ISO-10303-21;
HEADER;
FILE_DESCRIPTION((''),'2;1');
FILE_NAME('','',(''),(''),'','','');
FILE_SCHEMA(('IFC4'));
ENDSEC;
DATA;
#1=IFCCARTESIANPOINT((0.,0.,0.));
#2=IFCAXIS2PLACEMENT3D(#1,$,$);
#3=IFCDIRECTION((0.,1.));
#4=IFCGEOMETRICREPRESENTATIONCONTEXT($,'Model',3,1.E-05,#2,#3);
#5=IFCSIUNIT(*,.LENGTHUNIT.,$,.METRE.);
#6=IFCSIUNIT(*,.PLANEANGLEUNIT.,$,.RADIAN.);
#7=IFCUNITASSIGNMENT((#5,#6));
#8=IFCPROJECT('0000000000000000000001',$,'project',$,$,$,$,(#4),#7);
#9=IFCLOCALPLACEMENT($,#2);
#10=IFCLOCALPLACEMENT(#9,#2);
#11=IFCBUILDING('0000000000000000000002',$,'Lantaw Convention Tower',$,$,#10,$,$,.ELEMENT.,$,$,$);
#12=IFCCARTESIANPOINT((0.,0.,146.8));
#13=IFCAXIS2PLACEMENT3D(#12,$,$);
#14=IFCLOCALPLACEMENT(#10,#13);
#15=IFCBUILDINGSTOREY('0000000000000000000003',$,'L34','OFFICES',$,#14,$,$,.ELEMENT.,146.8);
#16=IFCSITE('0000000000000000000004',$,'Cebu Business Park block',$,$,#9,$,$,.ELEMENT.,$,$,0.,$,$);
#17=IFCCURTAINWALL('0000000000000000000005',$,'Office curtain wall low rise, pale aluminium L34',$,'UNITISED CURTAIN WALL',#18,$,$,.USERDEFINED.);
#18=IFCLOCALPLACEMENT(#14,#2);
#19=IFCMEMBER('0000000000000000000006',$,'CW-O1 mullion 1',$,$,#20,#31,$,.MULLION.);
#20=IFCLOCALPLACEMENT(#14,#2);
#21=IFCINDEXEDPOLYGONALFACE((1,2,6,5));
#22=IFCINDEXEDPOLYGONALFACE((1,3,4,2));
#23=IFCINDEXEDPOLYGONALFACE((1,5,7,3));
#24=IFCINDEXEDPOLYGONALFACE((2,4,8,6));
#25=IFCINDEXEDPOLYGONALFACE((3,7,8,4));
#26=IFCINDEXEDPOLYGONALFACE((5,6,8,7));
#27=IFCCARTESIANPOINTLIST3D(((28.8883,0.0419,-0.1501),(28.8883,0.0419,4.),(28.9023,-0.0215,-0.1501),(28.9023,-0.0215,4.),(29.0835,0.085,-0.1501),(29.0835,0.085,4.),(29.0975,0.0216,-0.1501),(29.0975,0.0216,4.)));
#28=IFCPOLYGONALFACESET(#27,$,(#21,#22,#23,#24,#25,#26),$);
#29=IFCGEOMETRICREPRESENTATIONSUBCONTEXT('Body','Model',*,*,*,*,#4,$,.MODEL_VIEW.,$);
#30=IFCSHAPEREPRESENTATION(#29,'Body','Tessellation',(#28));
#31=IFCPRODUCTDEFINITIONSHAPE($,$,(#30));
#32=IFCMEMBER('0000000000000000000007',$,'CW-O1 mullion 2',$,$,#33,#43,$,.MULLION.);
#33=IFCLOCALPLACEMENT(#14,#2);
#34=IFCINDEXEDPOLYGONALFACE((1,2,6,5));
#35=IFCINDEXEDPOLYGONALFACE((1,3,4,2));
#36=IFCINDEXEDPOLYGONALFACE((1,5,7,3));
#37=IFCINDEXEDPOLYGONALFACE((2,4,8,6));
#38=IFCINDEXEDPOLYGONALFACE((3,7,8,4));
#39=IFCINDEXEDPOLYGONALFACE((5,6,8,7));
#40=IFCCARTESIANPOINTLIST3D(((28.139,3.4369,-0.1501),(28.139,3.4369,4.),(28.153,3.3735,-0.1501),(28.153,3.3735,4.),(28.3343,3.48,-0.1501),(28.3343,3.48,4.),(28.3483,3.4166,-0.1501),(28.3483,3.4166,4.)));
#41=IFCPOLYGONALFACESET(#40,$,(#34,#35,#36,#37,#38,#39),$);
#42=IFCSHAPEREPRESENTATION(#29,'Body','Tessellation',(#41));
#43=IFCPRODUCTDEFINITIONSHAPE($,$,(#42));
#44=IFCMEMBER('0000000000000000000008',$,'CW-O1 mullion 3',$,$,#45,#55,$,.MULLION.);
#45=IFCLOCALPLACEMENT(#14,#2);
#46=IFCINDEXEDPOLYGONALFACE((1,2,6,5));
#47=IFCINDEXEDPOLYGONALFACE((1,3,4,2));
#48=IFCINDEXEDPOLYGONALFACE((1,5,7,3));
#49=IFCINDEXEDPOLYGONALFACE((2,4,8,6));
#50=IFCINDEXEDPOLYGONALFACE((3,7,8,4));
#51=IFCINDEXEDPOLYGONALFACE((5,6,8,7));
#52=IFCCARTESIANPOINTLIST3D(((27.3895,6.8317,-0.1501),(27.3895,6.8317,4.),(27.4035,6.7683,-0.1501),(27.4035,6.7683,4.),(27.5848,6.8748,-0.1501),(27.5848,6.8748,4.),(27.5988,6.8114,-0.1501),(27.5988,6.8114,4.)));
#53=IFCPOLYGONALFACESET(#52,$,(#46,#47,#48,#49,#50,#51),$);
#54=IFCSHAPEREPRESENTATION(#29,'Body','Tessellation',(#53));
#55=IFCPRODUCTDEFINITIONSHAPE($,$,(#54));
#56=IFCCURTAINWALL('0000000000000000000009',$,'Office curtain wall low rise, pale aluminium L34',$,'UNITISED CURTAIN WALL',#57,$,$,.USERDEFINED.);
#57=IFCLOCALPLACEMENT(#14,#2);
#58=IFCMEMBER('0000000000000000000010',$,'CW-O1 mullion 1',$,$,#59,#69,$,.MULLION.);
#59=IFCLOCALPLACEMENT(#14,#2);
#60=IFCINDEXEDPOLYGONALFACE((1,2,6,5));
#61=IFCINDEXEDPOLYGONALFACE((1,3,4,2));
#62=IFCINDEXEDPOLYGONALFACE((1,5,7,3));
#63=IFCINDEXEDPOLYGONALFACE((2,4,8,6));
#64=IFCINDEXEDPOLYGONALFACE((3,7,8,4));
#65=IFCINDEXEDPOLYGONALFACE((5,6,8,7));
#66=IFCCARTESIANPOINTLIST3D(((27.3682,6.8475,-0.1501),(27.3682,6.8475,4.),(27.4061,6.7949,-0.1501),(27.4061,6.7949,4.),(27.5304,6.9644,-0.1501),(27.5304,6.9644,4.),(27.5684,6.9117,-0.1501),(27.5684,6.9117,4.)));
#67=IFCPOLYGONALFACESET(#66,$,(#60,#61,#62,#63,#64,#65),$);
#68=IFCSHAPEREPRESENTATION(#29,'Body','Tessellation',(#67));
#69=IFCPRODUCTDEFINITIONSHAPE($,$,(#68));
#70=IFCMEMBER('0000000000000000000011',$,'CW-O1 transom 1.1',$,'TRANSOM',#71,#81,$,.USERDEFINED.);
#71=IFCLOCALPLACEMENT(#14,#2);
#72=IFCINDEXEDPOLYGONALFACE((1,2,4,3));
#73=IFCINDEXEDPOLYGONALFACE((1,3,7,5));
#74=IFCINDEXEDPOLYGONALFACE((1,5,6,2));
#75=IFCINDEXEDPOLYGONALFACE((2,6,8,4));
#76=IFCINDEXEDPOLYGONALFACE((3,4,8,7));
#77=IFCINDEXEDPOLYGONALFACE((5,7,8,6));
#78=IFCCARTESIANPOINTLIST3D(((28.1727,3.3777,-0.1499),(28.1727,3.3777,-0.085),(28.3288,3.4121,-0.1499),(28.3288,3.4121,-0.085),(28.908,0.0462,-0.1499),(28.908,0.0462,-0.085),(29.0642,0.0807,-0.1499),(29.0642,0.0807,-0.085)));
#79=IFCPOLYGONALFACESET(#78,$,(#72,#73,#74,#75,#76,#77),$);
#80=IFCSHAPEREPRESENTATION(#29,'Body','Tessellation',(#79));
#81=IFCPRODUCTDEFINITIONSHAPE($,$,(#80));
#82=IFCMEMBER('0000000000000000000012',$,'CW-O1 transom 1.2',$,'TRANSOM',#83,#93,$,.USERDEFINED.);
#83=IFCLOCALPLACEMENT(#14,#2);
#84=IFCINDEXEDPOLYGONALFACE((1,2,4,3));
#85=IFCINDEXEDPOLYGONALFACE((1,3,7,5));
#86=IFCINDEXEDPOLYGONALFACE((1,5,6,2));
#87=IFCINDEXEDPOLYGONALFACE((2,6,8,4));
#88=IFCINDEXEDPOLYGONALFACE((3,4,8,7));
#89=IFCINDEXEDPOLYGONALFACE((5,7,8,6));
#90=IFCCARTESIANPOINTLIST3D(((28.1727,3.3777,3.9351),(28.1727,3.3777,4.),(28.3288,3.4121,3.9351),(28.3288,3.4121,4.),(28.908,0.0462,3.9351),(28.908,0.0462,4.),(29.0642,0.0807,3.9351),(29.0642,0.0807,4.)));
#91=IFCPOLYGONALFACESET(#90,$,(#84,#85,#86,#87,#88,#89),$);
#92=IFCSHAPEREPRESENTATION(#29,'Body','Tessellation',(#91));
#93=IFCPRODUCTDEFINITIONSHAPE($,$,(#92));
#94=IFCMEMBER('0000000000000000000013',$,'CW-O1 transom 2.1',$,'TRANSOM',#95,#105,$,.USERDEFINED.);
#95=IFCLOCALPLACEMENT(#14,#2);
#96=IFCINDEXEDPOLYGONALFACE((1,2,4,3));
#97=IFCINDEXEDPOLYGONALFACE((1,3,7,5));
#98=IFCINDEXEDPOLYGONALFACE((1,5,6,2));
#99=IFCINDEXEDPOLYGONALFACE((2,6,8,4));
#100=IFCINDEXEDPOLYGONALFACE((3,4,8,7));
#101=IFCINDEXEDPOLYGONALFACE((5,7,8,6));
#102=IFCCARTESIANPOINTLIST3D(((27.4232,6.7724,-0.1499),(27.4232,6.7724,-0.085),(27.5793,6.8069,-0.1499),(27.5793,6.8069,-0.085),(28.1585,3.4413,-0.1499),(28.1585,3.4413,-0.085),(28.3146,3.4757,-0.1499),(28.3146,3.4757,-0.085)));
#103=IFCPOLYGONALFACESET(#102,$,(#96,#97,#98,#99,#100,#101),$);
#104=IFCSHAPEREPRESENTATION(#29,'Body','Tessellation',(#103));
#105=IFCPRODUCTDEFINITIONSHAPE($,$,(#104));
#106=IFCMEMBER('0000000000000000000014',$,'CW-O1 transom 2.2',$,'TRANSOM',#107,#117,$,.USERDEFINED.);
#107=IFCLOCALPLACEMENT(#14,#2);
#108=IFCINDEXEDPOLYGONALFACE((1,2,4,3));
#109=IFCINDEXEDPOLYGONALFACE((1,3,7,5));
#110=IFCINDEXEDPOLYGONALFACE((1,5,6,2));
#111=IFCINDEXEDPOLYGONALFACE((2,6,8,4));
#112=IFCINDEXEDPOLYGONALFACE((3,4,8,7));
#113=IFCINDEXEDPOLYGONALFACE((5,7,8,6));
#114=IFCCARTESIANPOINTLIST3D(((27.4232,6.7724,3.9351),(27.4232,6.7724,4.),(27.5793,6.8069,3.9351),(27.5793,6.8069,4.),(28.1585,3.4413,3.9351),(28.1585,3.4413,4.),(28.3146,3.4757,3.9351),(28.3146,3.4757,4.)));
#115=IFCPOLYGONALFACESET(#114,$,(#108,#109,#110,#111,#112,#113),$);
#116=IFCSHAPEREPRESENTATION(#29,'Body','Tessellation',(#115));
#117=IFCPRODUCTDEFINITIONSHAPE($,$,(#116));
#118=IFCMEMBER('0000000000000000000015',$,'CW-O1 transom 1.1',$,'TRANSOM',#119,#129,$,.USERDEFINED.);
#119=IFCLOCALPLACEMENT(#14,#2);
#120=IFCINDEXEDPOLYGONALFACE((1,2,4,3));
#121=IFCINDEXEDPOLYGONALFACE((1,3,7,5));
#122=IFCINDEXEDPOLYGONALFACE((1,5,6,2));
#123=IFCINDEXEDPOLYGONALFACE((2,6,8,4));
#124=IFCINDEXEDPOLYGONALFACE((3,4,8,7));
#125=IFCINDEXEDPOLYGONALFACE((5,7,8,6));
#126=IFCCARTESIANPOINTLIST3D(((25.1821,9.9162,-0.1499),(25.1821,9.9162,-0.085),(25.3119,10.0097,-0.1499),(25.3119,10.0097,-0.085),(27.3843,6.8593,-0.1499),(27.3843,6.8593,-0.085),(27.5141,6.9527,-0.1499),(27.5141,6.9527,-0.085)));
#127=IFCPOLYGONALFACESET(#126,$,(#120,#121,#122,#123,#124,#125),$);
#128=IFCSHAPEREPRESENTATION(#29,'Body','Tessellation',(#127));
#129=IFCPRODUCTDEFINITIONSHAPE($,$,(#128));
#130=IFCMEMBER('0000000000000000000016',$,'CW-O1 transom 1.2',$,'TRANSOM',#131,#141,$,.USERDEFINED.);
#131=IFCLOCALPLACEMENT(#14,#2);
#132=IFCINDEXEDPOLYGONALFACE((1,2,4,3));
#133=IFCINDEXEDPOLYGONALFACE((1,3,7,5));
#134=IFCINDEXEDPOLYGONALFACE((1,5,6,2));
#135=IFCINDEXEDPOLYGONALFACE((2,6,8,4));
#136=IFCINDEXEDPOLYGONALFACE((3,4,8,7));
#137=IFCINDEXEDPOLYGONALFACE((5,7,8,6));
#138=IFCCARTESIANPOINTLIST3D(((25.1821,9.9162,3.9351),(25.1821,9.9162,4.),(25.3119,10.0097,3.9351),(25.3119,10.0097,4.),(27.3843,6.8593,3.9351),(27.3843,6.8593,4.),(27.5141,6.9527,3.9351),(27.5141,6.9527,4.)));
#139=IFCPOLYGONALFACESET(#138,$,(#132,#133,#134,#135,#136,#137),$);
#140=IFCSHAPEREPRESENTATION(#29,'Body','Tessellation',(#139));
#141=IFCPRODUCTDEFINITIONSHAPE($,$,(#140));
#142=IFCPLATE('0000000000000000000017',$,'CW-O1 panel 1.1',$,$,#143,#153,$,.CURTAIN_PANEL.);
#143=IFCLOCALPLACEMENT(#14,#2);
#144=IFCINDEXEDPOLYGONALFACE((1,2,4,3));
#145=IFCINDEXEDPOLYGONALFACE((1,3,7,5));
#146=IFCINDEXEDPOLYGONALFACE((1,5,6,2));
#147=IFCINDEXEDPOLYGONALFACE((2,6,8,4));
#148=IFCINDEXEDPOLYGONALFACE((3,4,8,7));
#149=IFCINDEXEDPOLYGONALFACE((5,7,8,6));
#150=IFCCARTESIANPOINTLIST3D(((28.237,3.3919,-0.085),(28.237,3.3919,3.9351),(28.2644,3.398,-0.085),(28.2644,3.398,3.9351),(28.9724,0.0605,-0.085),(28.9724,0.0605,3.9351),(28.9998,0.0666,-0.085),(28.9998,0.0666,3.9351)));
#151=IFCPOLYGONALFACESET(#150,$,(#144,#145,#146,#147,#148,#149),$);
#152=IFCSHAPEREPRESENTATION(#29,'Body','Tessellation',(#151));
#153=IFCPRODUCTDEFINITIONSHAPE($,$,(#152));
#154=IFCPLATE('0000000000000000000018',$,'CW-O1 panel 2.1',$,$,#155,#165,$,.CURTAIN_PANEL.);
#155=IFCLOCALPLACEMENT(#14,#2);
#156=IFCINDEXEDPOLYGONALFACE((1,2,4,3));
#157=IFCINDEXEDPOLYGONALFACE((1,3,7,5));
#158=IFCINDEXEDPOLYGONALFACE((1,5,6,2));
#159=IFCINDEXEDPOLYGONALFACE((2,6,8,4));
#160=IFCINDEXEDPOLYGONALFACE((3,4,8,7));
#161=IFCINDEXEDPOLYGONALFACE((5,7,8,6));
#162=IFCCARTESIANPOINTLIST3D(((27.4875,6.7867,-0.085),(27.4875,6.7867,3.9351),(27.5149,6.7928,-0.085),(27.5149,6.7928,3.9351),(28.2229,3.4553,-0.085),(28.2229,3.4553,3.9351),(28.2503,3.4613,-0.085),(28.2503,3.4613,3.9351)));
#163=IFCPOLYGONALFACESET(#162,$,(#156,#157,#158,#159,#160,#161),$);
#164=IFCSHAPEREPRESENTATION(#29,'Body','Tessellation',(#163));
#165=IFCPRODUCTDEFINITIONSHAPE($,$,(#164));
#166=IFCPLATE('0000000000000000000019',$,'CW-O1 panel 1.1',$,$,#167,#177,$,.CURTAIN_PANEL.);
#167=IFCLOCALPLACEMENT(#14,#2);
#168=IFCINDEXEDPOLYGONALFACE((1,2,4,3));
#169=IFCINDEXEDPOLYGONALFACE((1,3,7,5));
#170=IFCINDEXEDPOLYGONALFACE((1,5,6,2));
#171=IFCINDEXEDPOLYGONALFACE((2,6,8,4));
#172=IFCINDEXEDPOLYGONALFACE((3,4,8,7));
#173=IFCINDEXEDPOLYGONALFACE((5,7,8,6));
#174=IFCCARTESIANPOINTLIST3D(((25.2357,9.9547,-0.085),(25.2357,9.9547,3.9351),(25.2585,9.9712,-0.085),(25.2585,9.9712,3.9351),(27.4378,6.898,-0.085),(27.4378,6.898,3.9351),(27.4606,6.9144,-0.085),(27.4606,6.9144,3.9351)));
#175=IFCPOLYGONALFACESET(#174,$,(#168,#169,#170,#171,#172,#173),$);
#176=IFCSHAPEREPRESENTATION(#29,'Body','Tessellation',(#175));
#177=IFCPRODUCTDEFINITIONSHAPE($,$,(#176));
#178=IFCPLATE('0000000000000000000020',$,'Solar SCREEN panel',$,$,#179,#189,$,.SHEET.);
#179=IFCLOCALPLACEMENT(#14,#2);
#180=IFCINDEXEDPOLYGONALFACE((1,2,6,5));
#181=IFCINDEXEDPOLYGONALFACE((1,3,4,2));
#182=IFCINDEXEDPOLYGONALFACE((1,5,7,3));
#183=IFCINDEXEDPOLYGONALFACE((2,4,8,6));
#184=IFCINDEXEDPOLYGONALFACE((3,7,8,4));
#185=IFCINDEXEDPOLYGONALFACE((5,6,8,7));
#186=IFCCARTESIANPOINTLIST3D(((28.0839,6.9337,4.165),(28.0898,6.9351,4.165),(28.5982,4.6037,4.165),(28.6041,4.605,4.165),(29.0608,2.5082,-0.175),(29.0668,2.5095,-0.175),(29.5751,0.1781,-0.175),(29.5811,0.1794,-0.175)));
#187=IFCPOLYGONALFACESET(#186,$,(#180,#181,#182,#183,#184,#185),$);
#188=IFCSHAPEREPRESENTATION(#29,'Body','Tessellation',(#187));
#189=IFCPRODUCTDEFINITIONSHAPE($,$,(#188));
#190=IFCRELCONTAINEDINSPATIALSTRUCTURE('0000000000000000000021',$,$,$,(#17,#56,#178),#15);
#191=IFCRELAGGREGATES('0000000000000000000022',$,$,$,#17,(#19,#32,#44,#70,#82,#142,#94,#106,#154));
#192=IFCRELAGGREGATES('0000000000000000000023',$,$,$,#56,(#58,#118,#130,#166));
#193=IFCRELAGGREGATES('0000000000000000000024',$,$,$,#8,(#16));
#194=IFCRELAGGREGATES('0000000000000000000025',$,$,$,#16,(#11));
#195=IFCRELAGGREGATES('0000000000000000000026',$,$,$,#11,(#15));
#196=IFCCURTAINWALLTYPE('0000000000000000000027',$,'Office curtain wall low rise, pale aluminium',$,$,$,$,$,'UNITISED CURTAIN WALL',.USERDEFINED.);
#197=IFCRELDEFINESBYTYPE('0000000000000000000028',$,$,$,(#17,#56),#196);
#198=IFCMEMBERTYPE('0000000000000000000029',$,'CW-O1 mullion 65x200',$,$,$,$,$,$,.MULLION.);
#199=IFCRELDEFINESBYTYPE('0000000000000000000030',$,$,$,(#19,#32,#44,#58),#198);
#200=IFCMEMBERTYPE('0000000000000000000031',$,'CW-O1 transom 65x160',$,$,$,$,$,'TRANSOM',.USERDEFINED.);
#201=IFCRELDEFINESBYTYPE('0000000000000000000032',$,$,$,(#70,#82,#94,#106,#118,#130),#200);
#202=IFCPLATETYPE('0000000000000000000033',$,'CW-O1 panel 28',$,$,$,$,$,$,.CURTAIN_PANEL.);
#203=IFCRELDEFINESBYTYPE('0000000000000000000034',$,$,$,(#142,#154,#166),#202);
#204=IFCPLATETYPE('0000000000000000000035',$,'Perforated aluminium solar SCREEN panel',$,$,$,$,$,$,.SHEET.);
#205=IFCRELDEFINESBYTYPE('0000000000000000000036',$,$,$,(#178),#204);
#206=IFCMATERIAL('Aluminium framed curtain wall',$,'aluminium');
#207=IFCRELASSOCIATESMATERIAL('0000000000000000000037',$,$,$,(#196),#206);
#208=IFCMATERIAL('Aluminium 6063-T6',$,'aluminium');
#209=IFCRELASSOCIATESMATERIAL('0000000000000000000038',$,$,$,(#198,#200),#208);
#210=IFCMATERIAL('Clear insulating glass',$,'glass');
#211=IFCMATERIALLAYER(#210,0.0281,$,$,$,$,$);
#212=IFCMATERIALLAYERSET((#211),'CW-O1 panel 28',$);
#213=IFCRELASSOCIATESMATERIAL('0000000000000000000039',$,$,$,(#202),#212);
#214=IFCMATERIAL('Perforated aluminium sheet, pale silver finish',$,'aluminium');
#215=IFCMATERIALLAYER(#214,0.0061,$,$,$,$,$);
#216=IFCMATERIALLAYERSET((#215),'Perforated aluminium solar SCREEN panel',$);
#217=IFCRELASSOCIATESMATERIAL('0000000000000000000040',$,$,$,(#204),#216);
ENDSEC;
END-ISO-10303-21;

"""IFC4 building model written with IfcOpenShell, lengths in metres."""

from ifc_helpers import new_model, si_unit, direction, frame, origin, origin_2d, place, context, subcontext, project, spatial, polyline, rectangle, outline, extrude, material, layer, layer_set, material_profile, profile_set, type_object, element, aggregate, save


model = new_model("IFC4")

# Units and contexts
model_context = context("Model", 3, precision=1e-05, world=origin(), true_north=direction((0.0, 1.0)))
body_context = subcontext(model_context, "Body", "Model", "MODEL_VIEW")
ifc_project = project(units=[si_unit("LENGTHUNIT", "METRE"), si_unit("PLANEANGLEUNIT", "RADIAN")], contexts=[model_context])

# Site, building, storey
site_placement = place(None, origin())
site = spatial("IfcSite", under=ifc_project, at=site_placement, Name="Cebu Business Park block", CompositionType="ELEMENT", RefElevation=0.0)
building_placement = place(site_placement, origin())
building = spatial("IfcBuilding", under=site, at=building_placement, Name="Lantaw Convention Tower", CompositionType="ELEMENT")
storey_placement = place(building_placement, frame((0.0, 0.0, 146.8)))
storey = spatial("IfcBuildingStorey", under=building, at=storey_placement, Name="L34", Description="OFFICES", CompositionType="ELEMENT", Elevation=146.8)

# Curtain wall, members
ifc_material_1 = material(Name="Aluminium framed curtain wall", Category="aluminium")
curtain_wall_type = type_object("IfcCurtainWallType", Name="Office curtain wall low rise, pale aluminium", ElementType="UNITISED CURTAIN WALL", PredefinedType="USERDEFINED", material=ifc_material_1)
curtain_wall_1_placement = place(storey_placement, origin())
curtain_wall_1 = element("IfcCurtainWall", 1, at=curtain_wall_1_placement, inside=storey, type_object=curtain_wall_type, Name="Office curtain wall low rise, pale aluminium L34", ObjectType="UNITISED CURTAIN WALL", PredefinedType="USERDEFINED")
ifc_material_2 = material(Name="Aluminium 6063-T6", Category="aluminium")
ifc_material_profile_1 = material_profile(ifc_material_2, rectangle(XDim=0.2, YDim=0.0649, at=origin_2d()), Name="CW-O1 mullion 65x200")
ifc_profile_set_1 = profile_set([ifc_material_profile_1], Name="Aluminium 6063-T6")
member_type_1 = type_object("IfcMemberType", Name="CW-O1 mullion 65x200", PredefinedType="MULLION", material=ifc_profile_set_1)
member_1_placement = place(storey_placement, frame((28.9929, 0.0317, -0.1501), z_axis=(0.0, 0.0, 1.0), x_axis=(-0.976494, -0.215546, 0.0)))
member_1 = element("IfcMember", 2, at=member_1_placement, type_object=member_type_1, Name="CW-O1 mullion 1", PredefinedType="MULLION", context=body_context, shape_type="SweptSolid", body=[
    extrude(rectangle(XDim=0.2, YDim=0.0649, at=origin_2d()), origin(), (0.0, 0.0, 1.0), 4.1501),
])
member_2_placement = place(storey_placement, frame((28.2437, 3.4268, -0.1501), z_axis=(0.0, 0.0, 1.0), x_axis=(-0.976494, -0.215546, 0.0)))
member_2 = element("IfcMember", 3, at=member_2_placement, type_object=member_type_1, Name="CW-O1 mullion 2", PredefinedType="MULLION", context=body_context, shape_type="SweptSolid", body=[
    extrude(rectangle(XDim=0.2, YDim=0.0649, at=origin_2d()), origin(), (0.0, 0.0, 1.0), 4.1501),
])
member_3_placement = place(storey_placement, frame((27.4941, 6.8215, -0.1501), z_axis=(0.0, 0.0, 1.0), x_axis=(-0.976494, -0.215546, 0.0)))
member_3 = element("IfcMember", 4, at=member_3_placement, type_object=member_type_1, Name="CW-O1 mullion 3", PredefinedType="MULLION", context=body_context, shape_type="SweptSolid", body=[
    extrude(rectangle(XDim=0.2, YDim=0.0649, at=origin_2d()), origin(), (0.0, 0.0, 1.0), 4.1501),
])

# Curtain wall, member
curtain_wall_2_placement = place(storey_placement, origin())
curtain_wall_2 = element("IfcCurtainWall", 5, at=curtain_wall_2_placement, inside=storey, type_object=curtain_wall_type, Name="Office curtain wall low rise, pale aluminium L34", ObjectType="UNITISED CURTAIN WALL", PredefinedType="USERDEFINED")
member_4_placement = place(storey_placement, frame((27.4683, 6.8796, -0.1501), z_axis=(0.0, 0.0, 1.0), x_axis=(-0.811385, -0.584513, 0.0)))
member_4 = element("IfcMember", 6, at=member_4_placement, type_object=member_type_1, Name="CW-O1 mullion 1", PredefinedType="MULLION", context=body_context, shape_type="SweptSolid", body=[
    extrude(rectangle(XDim=0.2, YDim=0.0649, at=origin_2d()), origin(), (0.0, 0.0, 1.0), 4.1501),
])

# Members
ifc_material_profile_2 = material_profile(ifc_material_2, rectangle(XDim=0.1599, YDim=0.0649, at=origin_2d()), Name="CW-O1 transom 65x160")
ifc_profile_set_2 = profile_set([ifc_material_profile_2], Name="Aluminium 6063-T6")
member_type_2 = type_object("IfcMemberType", Name="CW-O1 transom 65x160", ElementType="TRANSOM", PredefinedType="USERDEFINED", material=ifc_profile_set_2)
member_5_placement = place(storey_placement, frame((28.9861, 0.0635, -0.1174), z_axis=(-0.215536, 0.976496, 0.0), x_axis=(-0.976496, -0.215536, 0.0)))
member_5 = element("IfcMember", 7, at=member_5_placement, type_object=member_type_2, Name="CW-O1 transom 1.1", ObjectType="TRANSOM", PredefinedType="USERDEFINED", context=body_context, shape_type="SweptSolid", body=[
    extrude(rectangle(XDim=0.1599, YDim=0.0649, at=origin_2d()), origin(), (0.0, 0.0, 1.0), 3.4116),
])
member_6_placement = place(storey_placement, frame((28.9861, 0.0635, 3.9675), z_axis=(-0.215536, 0.976496, 0.0), x_axis=(-0.976496, -0.215536, 0.0)))
member_6 = element("IfcMember", 8, at=member_6_placement, type_object=member_type_2, Name="CW-O1 transom 1.2", ObjectType="TRANSOM", PredefinedType="USERDEFINED", context=body_context, shape_type="SweptSolid", body=[
    extrude(rectangle(XDim=0.1599, YDim=0.0649, at=origin_2d()), origin(), (0.0, 0.0, 1.0), 3.4116),
])
member_7_placement = place(storey_placement, frame((28.2366, 3.4585, -0.1174), z_axis=(-0.215551, 0.976493, 0.0), x_axis=(-0.976493, -0.215551, 0.0)))
member_7 = element("IfcMember", 9, at=member_7_placement, type_object=member_type_2, Name="CW-O1 transom 2.1", ObjectType="TRANSOM", PredefinedType="USERDEFINED", context=body_context, shape_type="SweptSolid", body=[
    extrude(rectangle(XDim=0.1599, YDim=0.0649, at=origin_2d()), origin(), (0.0, 0.0, 1.0), 3.4114),
])
member_8_placement = place(storey_placement, frame((28.2366, 3.4585, 3.9675), z_axis=(-0.215551, 0.976493, 0.0), x_axis=(-0.976493, -0.215551, 0.0)))
member_8 = element("IfcMember", 10, at=member_8_placement, type_object=member_type_2, Name="CW-O1 transom 2.2", ObjectType="TRANSOM", PredefinedType="USERDEFINED", context=body_context, shape_type="SweptSolid", body=[
    extrude(rectangle(XDim=0.1599, YDim=0.0649, at=origin_2d()), origin(), (0.0, 0.0, 1.0), 3.4114),
])
member_9_placement = place(storey_placement, frame((27.4492, 6.906, -0.1174), z_axis=(-0.584513, 0.811384, 0.0), x_axis=(-0.811384, -0.584513, 0.0)))
member_9 = element("IfcMember", 11, at=member_9_placement, type_object=member_type_2, Name="CW-O1 transom 1.1", ObjectType="TRANSOM", PredefinedType="USERDEFINED", context=body_context, shape_type="SweptSolid", body=[
    extrude(rectangle(XDim=0.1599, YDim=0.0649, at=origin_2d()), origin(), (0.0, 0.0, 1.0), 3.7676),
])
member_10_placement = place(storey_placement, frame((27.4492, 6.906, 3.9675), z_axis=(-0.584513, 0.811384, 0.0), x_axis=(-0.811384, -0.584513, 0.0)))
member_10 = element("IfcMember", 12, at=member_10_placement, type_object=member_type_2, Name="CW-O1 transom 1.2", ObjectType="TRANSOM", PredefinedType="USERDEFINED", context=body_context, shape_type="SweptSolid", body=[
    extrude(rectangle(XDim=0.1599, YDim=0.0649, at=origin_2d()), origin(), (0.0, 0.0, 1.0), 3.7676),
])

# Plates
ifc_material_3 = material(Name="Clear insulating glass", Category="glass")
ifc_layer_1 = layer(ifc_material_3, 0.0281)
ifc_layer_set_1 = layer_set([ifc_layer_1], Name="CW-O1 panel 28")
plate_type_1 = type_object("IfcPlateType", Name="CW-O1 panel 28", PredefinedType="CURTAIN_PANEL", material=ifc_layer_set_1)
plate_1_placement = place(storey_placement, frame((28.6184, 1.7292, -0.085), z_axis=(0.0, 0.0, 1.0), x_axis=(-0.215546, 0.976494, 0.0)))
plate_1 = element("IfcPlate", 13, at=plate_1_placement, type_object=plate_type_1, Name="CW-O1 panel 1.1", PredefinedType="CURTAIN_PANEL", context=body_context, shape_type="SweptSolid", body=[
    extrude(rectangle(XDim=3.4116, YDim=0.0281, at=origin_2d()), origin(), (0.0, 0.0, 1.0), 4.02),
])
plate_2_placement = place(storey_placement, frame((27.8689, 5.124, -0.085), z_axis=(0.0, 0.0, 1.0), x_axis=(-0.215546, 0.976494, 0.0)))
plate_2 = element("IfcPlate", 14, at=plate_2_placement, type_object=plate_type_1, Name="CW-O1 panel 2.1", PredefinedType="CURTAIN_PANEL", context=body_context, shape_type="SweptSolid", body=[
    extrude(rectangle(XDim=3.4116, YDim=0.0281, at=origin_2d()), origin(), (0.0, 0.0, 1.0), 4.02),
])
aggregate(curtain_wall_1, [member_1, member_2, member_3, member_5, member_6, plate_1, member_7, member_8, plate_2])
plate_3_placement = place(storey_placement, frame((26.3481, 8.4346, -0.085), z_axis=(0.0, 0.0, 1.0), x_axis=(-0.584513, 0.811385, 0.0)))
plate_3 = element("IfcPlate", 15, at=plate_3_placement, type_object=plate_type_1, Name="CW-O1 panel 1.1", PredefinedType="CURTAIN_PANEL", context=body_context, shape_type="SweptSolid", body=[
    extrude(rectangle(XDim=3.7673, YDim=0.0281, at=origin_2d()), origin(), (0.0, 0.0, 1.0), 4.02),
])
aggregate(curtain_wall_2, [member_4, member_9, member_10, plate_3])

# Plate
ifc_material_4 = material(Name="Perforated aluminium sheet, pale silver finish", Category="aluminium")
ifc_layer_2 = layer(ifc_material_4, 0.0061)
ifc_layer_set_2 = layer_set([ifc_layer_2], Name="Perforated aluminium solar SCREEN panel")
plate_type_2 = type_object("IfcPlateType", Name="Perforated aluminium solar SCREEN panel", PredefinedType="SHEET", material=ifc_layer_set_2)
plate_4_placement = place(storey_placement, frame((29.5811, 0.1794, -0.175), z_axis=(0.976498, 0.215527, 0.000033), x_axis=(-0.215527, 0.976498, 0.0)))
element("IfcPlate", 16, at=plate_4_placement, inside=storey, type_object=plate_type_2, Name="Solar SCREEN panel", PredefinedType="SHEET", context=body_context, shape_type="SweptSolid", body=[
    extrude(outline(polyline([(0.0, 0.0), (2.3862, 0.0), (6.9182, 4.3401), (4.5321, 4.3401), (0.0, 0.0)])), origin(), (0.0, 0.0, -1.0), 0.0061),
])

save(model, "model.ifc")
